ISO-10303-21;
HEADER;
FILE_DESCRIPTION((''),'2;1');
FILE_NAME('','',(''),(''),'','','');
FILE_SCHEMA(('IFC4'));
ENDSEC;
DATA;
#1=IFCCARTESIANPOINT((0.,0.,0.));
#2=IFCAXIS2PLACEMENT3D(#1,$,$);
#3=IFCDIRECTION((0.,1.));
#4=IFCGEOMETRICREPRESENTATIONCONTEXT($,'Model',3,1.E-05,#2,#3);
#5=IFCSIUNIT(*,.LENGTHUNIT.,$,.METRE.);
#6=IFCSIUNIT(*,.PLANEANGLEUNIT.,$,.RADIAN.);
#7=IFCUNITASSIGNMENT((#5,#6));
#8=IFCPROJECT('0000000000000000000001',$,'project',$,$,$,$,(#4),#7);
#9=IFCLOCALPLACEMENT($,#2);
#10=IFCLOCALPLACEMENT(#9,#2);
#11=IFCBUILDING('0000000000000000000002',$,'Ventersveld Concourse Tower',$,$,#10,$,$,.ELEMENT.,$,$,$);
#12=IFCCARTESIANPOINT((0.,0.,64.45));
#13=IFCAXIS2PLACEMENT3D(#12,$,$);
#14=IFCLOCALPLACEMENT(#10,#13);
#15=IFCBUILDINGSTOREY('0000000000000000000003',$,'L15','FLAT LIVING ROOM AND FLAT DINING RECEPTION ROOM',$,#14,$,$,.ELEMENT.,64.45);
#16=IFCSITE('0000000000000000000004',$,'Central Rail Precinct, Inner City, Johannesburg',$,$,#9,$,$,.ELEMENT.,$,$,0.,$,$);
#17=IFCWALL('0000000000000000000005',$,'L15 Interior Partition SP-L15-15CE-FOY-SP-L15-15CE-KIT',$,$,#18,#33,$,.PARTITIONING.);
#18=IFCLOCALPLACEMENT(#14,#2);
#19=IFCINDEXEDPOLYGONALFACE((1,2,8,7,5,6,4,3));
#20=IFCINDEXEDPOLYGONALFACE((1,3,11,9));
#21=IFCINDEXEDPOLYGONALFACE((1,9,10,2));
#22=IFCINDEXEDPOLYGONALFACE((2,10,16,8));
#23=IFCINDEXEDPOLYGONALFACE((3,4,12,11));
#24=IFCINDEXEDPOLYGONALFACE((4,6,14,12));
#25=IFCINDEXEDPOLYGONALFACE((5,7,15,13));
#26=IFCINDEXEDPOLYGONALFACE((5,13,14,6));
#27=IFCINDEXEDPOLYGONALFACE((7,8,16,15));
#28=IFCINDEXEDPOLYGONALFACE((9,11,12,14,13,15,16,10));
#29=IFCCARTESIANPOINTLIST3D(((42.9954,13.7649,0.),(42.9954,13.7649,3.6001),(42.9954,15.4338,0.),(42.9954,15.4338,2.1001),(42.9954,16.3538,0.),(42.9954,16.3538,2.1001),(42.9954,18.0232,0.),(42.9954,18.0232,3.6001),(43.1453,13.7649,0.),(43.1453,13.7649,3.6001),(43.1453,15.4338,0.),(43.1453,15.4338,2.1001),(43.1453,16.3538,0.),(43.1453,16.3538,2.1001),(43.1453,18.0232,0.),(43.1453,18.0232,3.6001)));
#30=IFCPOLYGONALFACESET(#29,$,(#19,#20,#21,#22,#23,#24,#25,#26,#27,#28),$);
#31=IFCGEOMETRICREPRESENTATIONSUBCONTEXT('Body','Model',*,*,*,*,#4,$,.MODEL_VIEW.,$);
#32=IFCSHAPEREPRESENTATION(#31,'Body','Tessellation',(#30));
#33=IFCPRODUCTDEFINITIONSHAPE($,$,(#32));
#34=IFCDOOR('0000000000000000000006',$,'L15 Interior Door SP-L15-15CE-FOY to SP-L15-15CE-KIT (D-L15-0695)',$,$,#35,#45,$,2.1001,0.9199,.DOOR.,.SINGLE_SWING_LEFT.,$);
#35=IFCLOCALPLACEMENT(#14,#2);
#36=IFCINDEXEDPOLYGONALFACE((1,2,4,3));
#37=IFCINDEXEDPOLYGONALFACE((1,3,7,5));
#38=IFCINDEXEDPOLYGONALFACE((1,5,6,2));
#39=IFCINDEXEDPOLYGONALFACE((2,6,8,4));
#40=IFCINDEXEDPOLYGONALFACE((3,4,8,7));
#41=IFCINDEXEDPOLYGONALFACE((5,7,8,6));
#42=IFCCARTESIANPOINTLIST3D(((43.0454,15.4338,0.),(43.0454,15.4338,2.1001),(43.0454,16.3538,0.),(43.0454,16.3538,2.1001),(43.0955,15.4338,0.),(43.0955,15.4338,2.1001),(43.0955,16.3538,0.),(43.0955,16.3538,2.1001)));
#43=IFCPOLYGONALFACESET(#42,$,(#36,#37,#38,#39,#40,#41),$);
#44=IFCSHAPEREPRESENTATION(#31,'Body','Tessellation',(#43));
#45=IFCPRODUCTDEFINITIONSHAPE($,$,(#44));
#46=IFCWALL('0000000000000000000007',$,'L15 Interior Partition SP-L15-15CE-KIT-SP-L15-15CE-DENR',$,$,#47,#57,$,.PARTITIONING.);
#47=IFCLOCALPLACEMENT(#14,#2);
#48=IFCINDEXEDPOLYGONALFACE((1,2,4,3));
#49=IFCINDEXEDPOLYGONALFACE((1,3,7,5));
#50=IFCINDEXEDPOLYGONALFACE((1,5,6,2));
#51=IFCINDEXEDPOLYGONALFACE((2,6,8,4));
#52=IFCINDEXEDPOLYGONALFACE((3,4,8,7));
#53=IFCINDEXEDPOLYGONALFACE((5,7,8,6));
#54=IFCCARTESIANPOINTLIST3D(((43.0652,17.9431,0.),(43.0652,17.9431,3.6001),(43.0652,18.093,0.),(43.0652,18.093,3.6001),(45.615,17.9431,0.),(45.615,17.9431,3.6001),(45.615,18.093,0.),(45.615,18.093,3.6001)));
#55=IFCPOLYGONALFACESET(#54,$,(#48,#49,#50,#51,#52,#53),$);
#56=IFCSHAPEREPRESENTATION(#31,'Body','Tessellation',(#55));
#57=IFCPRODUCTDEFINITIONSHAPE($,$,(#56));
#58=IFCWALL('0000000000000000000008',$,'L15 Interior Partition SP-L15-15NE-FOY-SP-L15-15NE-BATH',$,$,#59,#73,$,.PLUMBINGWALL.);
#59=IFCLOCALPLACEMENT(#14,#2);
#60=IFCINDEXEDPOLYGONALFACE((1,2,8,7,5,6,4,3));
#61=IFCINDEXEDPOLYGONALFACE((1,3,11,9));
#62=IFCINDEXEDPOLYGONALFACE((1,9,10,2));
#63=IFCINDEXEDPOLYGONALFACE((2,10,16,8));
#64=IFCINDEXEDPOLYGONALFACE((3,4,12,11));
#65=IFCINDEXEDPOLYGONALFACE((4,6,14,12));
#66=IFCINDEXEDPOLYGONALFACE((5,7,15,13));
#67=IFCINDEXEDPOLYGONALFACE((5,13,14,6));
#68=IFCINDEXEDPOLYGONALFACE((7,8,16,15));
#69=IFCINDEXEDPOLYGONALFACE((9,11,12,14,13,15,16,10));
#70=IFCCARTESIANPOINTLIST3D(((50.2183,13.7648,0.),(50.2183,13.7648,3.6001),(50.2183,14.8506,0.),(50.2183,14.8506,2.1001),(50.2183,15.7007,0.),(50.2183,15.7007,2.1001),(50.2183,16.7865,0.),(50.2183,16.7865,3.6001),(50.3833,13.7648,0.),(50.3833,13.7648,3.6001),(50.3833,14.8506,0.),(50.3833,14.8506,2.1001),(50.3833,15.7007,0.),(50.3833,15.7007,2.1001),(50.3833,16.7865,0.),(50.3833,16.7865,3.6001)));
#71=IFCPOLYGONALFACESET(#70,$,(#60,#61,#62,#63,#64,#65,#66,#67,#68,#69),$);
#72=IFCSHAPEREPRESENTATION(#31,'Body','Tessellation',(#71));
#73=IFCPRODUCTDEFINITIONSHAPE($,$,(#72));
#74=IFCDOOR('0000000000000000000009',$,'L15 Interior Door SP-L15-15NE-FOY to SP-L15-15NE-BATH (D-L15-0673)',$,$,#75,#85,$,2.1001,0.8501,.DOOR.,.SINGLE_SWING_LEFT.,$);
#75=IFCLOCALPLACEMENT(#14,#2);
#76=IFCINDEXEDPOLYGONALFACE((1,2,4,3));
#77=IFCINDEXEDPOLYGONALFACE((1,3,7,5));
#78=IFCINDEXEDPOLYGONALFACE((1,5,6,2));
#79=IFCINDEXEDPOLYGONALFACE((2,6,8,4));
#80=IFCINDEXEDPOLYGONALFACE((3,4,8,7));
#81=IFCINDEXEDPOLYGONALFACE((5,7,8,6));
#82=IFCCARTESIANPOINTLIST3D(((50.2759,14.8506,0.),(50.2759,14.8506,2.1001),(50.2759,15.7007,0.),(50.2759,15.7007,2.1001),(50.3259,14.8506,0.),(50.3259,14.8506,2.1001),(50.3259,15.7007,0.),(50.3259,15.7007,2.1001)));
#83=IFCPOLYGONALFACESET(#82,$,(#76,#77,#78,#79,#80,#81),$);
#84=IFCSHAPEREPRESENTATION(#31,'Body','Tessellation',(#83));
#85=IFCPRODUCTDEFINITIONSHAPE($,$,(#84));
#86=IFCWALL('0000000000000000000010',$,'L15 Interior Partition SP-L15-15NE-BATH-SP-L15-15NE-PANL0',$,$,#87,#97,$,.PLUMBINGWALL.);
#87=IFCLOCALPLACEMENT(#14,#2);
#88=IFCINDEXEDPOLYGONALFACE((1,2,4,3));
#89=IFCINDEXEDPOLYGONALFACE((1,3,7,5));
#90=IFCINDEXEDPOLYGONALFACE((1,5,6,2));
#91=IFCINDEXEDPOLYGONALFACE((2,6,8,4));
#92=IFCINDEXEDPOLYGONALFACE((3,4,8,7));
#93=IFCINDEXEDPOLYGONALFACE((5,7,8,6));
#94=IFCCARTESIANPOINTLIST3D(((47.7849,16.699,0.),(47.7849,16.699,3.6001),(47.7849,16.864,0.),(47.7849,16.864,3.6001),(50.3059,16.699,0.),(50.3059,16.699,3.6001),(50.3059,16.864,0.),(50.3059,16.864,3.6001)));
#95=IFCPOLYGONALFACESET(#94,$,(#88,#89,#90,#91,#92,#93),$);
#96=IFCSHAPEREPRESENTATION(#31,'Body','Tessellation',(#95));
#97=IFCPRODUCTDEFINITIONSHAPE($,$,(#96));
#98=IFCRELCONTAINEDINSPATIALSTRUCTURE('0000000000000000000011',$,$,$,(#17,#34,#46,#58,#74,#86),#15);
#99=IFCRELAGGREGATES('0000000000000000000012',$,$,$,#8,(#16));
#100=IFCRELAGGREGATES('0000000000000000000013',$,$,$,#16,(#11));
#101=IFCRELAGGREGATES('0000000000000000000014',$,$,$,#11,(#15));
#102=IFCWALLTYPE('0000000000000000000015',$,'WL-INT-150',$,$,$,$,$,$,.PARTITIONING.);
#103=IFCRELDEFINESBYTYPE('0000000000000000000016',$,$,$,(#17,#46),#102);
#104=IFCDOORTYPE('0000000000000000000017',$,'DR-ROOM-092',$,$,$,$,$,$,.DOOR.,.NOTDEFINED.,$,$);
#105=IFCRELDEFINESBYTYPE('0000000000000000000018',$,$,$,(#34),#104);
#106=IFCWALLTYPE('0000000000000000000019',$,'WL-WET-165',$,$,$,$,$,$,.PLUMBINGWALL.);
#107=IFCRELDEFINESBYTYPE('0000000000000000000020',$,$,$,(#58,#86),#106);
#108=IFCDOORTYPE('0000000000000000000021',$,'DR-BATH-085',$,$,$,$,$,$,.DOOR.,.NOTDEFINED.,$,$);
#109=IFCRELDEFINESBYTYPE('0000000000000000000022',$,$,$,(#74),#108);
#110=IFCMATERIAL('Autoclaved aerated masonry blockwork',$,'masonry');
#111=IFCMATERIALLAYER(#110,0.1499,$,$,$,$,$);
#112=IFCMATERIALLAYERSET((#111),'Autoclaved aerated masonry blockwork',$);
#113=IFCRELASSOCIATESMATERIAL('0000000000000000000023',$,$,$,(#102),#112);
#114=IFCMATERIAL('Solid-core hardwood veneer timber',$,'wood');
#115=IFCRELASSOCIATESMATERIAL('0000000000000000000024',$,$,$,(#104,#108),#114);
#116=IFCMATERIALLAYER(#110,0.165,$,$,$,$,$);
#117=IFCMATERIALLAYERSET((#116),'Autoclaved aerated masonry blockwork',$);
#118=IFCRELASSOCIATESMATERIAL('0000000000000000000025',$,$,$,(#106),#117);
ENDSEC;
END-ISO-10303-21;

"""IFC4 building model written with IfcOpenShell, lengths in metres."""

from ifc_helpers import new_model, si_unit, direction, frame, frame_2d, origin, place, context, subcontext, project, spatial, rectangle, extrude, material, layer, layer_set, type_object, element, fill, save


model = new_model("IFC4")

# Units and contexts
model_context = context("Model", 3, precision=1e-05, world=origin(), true_north=direction((0.0, 1.0)))
body_context = subcontext(model_context, "Body", "Model", "MODEL_VIEW")
ifc_project = project(units=[si_unit("LENGTHUNIT", "METRE"), si_unit("PLANEANGLEUNIT", "RADIAN")], contexts=[model_context])

# Site, building, storey
site_placement = place(None, origin())
site = spatial("IfcSite", under=ifc_project, at=site_placement, Name="Central Rail Precinct, Inner City, Johannesburg", CompositionType="ELEMENT", RefElevation=0.0)
building_placement = place(site_placement, origin())
building = spatial("IfcBuilding", under=site, at=building_placement, Name="Ventersveld Concourse Tower", CompositionType="ELEMENT")
storey_placement = place(building_placement, frame((0.0, 0.0, 64.45)))
storey = spatial("IfcBuildingStorey", under=building, at=storey_placement, Name="L15", Description="FLAT LIVING ROOM AND FLAT DINING RECEPTION ROOM", CompositionType="ELEMENT", Elevation=64.45)

# Shared definitions
ifc_material_1 = material(Name="Solid-core hardwood veneer timber", Category="wood")

# Shared definitions
ifc_material_2 = material(Name="Autoclaved aerated masonry blockwork", Category="masonry")
ifc_layer_1 = layer(ifc_material_2, 0.1499)
ifc_layer_set_1 = layer_set([ifc_layer_1], Name="Autoclaved aerated masonry blockwork")
wall_type_1 = type_object("IfcWallType", Name="WL-INT-150", PredefinedType="PARTITIONING", material=ifc_layer_set_1)
door_type_1 = type_object("IfcDoorType", Name="DR-ROOM-092", OperationType="NOTDEFINED", PredefinedType="DOOR", material=ifc_material_1)

# Wall, opening, door
wall_1_placement = place(storey_placement, frame((43.0703, 13.7649, 0.0), z_axis=(0.0, 0.0, 1.0), x_axis=(0.0, 1.0, 0.0)))
wall_1 = element("IfcWall", 1, at=wall_1_placement, inside=storey, type_object=wall_type_1, Name="L15 Interior Partition SP-L15-15CE-FOY-SP-L15-15CE-KIT", PredefinedType="PARTITIONING", context=body_context, shape_type="SweptSolid", body=[
    extrude(rectangle(XDim=4.2583, YDim=0.1499, at=frame_2d((2.1292, 0.0))), origin(), (0.0, 0.0, 1.0), 3.6001),
])
opening_1_placement = place(wall_1_placement, frame((1.6689, 0.0, 0.0)))
opening_1 = element("IfcOpeningElement", 2, at=opening_1_placement, cuts=wall_1, PredefinedType="OPENING", context=body_context, shape_type="SweptSolid", body=[
    extrude(rectangle(XDim=0.9199, YDim=2.1001, at=frame_2d((0.46, 1.05))), frame((0.0, 0.085, 0.0), z_axis=(0.0, -1.0, 0.0), x_axis=(1.0, 0.0, 0.0)), (0.0, 0.0, 1.0), 0.1699),
])
door_1_placement = place(opening_1_placement, origin())
door_1 = element("IfcDoor", 3, at=door_1_placement, inside=storey, type_object=door_type_1, Name="L15 Interior Door SP-L15-15CE-FOY to SP-L15-15CE-KIT (D-L15-0695)", OperationType="SINGLE_SWING_LEFT", OverallHeight=2.1001, OverallWidth=0.9199, PredefinedType="DOOR", context=body_context, shape_type="SweptSolid", body=[
    extrude(rectangle(XDim=0.9199, YDim=2.1001, at=frame_2d((0.46, 1.05))), frame((0.0, 0.0249, 0.0), z_axis=(0.0, -1.0, 0.0), x_axis=(1.0, 0.0, 0.0)), (0.0, 0.0, 1.0), 0.05),
])
fill(opening_1, door_1)

# Wall
wall_2_placement = place(storey_placement, frame((43.0652, 18.0181, 0.0), z_axis=(0.0, 0.0, 1.0), x_axis=(1.0, 0.0, 0.0)))
element("IfcWall", 4, at=wall_2_placement, inside=storey, type_object=wall_type_1, Name="L15 Interior Partition SP-L15-15CE-KIT-SP-L15-15CE-DENR", PredefinedType="PARTITIONING", context=body_context, shape_type="SweptSolid", body=[
    extrude(rectangle(XDim=2.5498, YDim=0.1499, at=frame_2d((1.2749, 0.0))), origin(), (0.0, 0.0, 1.0), 3.6001),
])

# Wall, opening, door
ifc_layer_2 = layer(ifc_material_2, 0.165)
ifc_layer_set_2 = layer_set([ifc_layer_2], Name="Autoclaved aerated masonry blockwork")
wall_type_2 = type_object("IfcWallType", Name="WL-WET-165", PredefinedType="PLUMBINGWALL", material=ifc_layer_set_2)
wall_3_placement = place(storey_placement, frame((50.3008, 13.7649, 0.0), z_axis=(0.0, 0.0, 1.0), x_axis=(0.0, 1.0, 0.0)))
wall_3 = element("IfcWall", 5, at=wall_3_placement, inside=storey, type_object=wall_type_2, Name="L15 Interior Partition SP-L15-15NE-FOY-SP-L15-15NE-BATH", PredefinedType="PLUMBINGWALL", context=body_context, shape_type="SweptSolid", body=[
    extrude(rectangle(XDim=3.0217, YDim=0.165, at=frame_2d((1.5107, 0.0))), origin(), (0.0, 0.0, 1.0), 3.6001),
])
opening_2_placement = place(wall_3_placement, frame((1.0857, 0.0, 0.0)))
opening_2 = element("IfcOpeningElement", 6, at=opening_2_placement, cuts=wall_3, PredefinedType="OPENING", context=body_context, shape_type="SweptSolid", body=[
    extrude(rectangle(XDim=0.8501, YDim=2.1001, at=frame_2d((0.425, 1.05))), frame((0.0, 0.0925, 0.0), z_axis=(0.0, -1.0, 0.0), x_axis=(1.0, 0.0, 0.0)), (0.0, 0.0, 1.0), 0.1851),
])
door_type_2 = type_object("IfcDoorType", Name="DR-BATH-085", OperationType="NOTDEFINED", PredefinedType="DOOR", material=ifc_material_1)
door_2_placement = place(opening_2_placement, origin())
door_2 = element("IfcDoor", 7, at=door_2_placement, inside=storey, type_object=door_type_2, Name="L15 Interior Door SP-L15-15NE-FOY to SP-L15-15NE-BATH (D-L15-0673)", OperationType="SINGLE_SWING_LEFT", OverallHeight=2.1001, OverallWidth=0.8501, PredefinedType="DOOR", context=body_context, shape_type="SweptSolid", body=[
    extrude(rectangle(XDim=0.8501, YDim=2.1001, at=frame_2d((0.425, 1.05))), frame((0.0, 0.0249, 0.0), z_axis=(0.0, -1.0, 0.0), x_axis=(1.0, 0.0, 0.0)), (0.0, 0.0, 1.0), 0.05),
])
fill(opening_2, door_2)

# Wall
wall_4_placement = place(storey_placement, frame((47.7849, 16.7815, 0.0), z_axis=(0.0, 0.0, 1.0), x_axis=(1.0, 0.0, 0.0)))
element("IfcWall", 8, at=wall_4_placement, inside=storey, type_object=wall_type_2, Name="L15 Interior Partition SP-L15-15NE-BATH-SP-L15-15NE-PANL0", PredefinedType="PLUMBINGWALL", context=body_context, shape_type="SweptSolid", body=[
    extrude(rectangle(XDim=2.521, YDim=0.165, at=frame_2d((1.2605, 0.0))), origin(), (0.0, 0.0, 1.0), 3.6001),
])

save(model, "model.ifc")
